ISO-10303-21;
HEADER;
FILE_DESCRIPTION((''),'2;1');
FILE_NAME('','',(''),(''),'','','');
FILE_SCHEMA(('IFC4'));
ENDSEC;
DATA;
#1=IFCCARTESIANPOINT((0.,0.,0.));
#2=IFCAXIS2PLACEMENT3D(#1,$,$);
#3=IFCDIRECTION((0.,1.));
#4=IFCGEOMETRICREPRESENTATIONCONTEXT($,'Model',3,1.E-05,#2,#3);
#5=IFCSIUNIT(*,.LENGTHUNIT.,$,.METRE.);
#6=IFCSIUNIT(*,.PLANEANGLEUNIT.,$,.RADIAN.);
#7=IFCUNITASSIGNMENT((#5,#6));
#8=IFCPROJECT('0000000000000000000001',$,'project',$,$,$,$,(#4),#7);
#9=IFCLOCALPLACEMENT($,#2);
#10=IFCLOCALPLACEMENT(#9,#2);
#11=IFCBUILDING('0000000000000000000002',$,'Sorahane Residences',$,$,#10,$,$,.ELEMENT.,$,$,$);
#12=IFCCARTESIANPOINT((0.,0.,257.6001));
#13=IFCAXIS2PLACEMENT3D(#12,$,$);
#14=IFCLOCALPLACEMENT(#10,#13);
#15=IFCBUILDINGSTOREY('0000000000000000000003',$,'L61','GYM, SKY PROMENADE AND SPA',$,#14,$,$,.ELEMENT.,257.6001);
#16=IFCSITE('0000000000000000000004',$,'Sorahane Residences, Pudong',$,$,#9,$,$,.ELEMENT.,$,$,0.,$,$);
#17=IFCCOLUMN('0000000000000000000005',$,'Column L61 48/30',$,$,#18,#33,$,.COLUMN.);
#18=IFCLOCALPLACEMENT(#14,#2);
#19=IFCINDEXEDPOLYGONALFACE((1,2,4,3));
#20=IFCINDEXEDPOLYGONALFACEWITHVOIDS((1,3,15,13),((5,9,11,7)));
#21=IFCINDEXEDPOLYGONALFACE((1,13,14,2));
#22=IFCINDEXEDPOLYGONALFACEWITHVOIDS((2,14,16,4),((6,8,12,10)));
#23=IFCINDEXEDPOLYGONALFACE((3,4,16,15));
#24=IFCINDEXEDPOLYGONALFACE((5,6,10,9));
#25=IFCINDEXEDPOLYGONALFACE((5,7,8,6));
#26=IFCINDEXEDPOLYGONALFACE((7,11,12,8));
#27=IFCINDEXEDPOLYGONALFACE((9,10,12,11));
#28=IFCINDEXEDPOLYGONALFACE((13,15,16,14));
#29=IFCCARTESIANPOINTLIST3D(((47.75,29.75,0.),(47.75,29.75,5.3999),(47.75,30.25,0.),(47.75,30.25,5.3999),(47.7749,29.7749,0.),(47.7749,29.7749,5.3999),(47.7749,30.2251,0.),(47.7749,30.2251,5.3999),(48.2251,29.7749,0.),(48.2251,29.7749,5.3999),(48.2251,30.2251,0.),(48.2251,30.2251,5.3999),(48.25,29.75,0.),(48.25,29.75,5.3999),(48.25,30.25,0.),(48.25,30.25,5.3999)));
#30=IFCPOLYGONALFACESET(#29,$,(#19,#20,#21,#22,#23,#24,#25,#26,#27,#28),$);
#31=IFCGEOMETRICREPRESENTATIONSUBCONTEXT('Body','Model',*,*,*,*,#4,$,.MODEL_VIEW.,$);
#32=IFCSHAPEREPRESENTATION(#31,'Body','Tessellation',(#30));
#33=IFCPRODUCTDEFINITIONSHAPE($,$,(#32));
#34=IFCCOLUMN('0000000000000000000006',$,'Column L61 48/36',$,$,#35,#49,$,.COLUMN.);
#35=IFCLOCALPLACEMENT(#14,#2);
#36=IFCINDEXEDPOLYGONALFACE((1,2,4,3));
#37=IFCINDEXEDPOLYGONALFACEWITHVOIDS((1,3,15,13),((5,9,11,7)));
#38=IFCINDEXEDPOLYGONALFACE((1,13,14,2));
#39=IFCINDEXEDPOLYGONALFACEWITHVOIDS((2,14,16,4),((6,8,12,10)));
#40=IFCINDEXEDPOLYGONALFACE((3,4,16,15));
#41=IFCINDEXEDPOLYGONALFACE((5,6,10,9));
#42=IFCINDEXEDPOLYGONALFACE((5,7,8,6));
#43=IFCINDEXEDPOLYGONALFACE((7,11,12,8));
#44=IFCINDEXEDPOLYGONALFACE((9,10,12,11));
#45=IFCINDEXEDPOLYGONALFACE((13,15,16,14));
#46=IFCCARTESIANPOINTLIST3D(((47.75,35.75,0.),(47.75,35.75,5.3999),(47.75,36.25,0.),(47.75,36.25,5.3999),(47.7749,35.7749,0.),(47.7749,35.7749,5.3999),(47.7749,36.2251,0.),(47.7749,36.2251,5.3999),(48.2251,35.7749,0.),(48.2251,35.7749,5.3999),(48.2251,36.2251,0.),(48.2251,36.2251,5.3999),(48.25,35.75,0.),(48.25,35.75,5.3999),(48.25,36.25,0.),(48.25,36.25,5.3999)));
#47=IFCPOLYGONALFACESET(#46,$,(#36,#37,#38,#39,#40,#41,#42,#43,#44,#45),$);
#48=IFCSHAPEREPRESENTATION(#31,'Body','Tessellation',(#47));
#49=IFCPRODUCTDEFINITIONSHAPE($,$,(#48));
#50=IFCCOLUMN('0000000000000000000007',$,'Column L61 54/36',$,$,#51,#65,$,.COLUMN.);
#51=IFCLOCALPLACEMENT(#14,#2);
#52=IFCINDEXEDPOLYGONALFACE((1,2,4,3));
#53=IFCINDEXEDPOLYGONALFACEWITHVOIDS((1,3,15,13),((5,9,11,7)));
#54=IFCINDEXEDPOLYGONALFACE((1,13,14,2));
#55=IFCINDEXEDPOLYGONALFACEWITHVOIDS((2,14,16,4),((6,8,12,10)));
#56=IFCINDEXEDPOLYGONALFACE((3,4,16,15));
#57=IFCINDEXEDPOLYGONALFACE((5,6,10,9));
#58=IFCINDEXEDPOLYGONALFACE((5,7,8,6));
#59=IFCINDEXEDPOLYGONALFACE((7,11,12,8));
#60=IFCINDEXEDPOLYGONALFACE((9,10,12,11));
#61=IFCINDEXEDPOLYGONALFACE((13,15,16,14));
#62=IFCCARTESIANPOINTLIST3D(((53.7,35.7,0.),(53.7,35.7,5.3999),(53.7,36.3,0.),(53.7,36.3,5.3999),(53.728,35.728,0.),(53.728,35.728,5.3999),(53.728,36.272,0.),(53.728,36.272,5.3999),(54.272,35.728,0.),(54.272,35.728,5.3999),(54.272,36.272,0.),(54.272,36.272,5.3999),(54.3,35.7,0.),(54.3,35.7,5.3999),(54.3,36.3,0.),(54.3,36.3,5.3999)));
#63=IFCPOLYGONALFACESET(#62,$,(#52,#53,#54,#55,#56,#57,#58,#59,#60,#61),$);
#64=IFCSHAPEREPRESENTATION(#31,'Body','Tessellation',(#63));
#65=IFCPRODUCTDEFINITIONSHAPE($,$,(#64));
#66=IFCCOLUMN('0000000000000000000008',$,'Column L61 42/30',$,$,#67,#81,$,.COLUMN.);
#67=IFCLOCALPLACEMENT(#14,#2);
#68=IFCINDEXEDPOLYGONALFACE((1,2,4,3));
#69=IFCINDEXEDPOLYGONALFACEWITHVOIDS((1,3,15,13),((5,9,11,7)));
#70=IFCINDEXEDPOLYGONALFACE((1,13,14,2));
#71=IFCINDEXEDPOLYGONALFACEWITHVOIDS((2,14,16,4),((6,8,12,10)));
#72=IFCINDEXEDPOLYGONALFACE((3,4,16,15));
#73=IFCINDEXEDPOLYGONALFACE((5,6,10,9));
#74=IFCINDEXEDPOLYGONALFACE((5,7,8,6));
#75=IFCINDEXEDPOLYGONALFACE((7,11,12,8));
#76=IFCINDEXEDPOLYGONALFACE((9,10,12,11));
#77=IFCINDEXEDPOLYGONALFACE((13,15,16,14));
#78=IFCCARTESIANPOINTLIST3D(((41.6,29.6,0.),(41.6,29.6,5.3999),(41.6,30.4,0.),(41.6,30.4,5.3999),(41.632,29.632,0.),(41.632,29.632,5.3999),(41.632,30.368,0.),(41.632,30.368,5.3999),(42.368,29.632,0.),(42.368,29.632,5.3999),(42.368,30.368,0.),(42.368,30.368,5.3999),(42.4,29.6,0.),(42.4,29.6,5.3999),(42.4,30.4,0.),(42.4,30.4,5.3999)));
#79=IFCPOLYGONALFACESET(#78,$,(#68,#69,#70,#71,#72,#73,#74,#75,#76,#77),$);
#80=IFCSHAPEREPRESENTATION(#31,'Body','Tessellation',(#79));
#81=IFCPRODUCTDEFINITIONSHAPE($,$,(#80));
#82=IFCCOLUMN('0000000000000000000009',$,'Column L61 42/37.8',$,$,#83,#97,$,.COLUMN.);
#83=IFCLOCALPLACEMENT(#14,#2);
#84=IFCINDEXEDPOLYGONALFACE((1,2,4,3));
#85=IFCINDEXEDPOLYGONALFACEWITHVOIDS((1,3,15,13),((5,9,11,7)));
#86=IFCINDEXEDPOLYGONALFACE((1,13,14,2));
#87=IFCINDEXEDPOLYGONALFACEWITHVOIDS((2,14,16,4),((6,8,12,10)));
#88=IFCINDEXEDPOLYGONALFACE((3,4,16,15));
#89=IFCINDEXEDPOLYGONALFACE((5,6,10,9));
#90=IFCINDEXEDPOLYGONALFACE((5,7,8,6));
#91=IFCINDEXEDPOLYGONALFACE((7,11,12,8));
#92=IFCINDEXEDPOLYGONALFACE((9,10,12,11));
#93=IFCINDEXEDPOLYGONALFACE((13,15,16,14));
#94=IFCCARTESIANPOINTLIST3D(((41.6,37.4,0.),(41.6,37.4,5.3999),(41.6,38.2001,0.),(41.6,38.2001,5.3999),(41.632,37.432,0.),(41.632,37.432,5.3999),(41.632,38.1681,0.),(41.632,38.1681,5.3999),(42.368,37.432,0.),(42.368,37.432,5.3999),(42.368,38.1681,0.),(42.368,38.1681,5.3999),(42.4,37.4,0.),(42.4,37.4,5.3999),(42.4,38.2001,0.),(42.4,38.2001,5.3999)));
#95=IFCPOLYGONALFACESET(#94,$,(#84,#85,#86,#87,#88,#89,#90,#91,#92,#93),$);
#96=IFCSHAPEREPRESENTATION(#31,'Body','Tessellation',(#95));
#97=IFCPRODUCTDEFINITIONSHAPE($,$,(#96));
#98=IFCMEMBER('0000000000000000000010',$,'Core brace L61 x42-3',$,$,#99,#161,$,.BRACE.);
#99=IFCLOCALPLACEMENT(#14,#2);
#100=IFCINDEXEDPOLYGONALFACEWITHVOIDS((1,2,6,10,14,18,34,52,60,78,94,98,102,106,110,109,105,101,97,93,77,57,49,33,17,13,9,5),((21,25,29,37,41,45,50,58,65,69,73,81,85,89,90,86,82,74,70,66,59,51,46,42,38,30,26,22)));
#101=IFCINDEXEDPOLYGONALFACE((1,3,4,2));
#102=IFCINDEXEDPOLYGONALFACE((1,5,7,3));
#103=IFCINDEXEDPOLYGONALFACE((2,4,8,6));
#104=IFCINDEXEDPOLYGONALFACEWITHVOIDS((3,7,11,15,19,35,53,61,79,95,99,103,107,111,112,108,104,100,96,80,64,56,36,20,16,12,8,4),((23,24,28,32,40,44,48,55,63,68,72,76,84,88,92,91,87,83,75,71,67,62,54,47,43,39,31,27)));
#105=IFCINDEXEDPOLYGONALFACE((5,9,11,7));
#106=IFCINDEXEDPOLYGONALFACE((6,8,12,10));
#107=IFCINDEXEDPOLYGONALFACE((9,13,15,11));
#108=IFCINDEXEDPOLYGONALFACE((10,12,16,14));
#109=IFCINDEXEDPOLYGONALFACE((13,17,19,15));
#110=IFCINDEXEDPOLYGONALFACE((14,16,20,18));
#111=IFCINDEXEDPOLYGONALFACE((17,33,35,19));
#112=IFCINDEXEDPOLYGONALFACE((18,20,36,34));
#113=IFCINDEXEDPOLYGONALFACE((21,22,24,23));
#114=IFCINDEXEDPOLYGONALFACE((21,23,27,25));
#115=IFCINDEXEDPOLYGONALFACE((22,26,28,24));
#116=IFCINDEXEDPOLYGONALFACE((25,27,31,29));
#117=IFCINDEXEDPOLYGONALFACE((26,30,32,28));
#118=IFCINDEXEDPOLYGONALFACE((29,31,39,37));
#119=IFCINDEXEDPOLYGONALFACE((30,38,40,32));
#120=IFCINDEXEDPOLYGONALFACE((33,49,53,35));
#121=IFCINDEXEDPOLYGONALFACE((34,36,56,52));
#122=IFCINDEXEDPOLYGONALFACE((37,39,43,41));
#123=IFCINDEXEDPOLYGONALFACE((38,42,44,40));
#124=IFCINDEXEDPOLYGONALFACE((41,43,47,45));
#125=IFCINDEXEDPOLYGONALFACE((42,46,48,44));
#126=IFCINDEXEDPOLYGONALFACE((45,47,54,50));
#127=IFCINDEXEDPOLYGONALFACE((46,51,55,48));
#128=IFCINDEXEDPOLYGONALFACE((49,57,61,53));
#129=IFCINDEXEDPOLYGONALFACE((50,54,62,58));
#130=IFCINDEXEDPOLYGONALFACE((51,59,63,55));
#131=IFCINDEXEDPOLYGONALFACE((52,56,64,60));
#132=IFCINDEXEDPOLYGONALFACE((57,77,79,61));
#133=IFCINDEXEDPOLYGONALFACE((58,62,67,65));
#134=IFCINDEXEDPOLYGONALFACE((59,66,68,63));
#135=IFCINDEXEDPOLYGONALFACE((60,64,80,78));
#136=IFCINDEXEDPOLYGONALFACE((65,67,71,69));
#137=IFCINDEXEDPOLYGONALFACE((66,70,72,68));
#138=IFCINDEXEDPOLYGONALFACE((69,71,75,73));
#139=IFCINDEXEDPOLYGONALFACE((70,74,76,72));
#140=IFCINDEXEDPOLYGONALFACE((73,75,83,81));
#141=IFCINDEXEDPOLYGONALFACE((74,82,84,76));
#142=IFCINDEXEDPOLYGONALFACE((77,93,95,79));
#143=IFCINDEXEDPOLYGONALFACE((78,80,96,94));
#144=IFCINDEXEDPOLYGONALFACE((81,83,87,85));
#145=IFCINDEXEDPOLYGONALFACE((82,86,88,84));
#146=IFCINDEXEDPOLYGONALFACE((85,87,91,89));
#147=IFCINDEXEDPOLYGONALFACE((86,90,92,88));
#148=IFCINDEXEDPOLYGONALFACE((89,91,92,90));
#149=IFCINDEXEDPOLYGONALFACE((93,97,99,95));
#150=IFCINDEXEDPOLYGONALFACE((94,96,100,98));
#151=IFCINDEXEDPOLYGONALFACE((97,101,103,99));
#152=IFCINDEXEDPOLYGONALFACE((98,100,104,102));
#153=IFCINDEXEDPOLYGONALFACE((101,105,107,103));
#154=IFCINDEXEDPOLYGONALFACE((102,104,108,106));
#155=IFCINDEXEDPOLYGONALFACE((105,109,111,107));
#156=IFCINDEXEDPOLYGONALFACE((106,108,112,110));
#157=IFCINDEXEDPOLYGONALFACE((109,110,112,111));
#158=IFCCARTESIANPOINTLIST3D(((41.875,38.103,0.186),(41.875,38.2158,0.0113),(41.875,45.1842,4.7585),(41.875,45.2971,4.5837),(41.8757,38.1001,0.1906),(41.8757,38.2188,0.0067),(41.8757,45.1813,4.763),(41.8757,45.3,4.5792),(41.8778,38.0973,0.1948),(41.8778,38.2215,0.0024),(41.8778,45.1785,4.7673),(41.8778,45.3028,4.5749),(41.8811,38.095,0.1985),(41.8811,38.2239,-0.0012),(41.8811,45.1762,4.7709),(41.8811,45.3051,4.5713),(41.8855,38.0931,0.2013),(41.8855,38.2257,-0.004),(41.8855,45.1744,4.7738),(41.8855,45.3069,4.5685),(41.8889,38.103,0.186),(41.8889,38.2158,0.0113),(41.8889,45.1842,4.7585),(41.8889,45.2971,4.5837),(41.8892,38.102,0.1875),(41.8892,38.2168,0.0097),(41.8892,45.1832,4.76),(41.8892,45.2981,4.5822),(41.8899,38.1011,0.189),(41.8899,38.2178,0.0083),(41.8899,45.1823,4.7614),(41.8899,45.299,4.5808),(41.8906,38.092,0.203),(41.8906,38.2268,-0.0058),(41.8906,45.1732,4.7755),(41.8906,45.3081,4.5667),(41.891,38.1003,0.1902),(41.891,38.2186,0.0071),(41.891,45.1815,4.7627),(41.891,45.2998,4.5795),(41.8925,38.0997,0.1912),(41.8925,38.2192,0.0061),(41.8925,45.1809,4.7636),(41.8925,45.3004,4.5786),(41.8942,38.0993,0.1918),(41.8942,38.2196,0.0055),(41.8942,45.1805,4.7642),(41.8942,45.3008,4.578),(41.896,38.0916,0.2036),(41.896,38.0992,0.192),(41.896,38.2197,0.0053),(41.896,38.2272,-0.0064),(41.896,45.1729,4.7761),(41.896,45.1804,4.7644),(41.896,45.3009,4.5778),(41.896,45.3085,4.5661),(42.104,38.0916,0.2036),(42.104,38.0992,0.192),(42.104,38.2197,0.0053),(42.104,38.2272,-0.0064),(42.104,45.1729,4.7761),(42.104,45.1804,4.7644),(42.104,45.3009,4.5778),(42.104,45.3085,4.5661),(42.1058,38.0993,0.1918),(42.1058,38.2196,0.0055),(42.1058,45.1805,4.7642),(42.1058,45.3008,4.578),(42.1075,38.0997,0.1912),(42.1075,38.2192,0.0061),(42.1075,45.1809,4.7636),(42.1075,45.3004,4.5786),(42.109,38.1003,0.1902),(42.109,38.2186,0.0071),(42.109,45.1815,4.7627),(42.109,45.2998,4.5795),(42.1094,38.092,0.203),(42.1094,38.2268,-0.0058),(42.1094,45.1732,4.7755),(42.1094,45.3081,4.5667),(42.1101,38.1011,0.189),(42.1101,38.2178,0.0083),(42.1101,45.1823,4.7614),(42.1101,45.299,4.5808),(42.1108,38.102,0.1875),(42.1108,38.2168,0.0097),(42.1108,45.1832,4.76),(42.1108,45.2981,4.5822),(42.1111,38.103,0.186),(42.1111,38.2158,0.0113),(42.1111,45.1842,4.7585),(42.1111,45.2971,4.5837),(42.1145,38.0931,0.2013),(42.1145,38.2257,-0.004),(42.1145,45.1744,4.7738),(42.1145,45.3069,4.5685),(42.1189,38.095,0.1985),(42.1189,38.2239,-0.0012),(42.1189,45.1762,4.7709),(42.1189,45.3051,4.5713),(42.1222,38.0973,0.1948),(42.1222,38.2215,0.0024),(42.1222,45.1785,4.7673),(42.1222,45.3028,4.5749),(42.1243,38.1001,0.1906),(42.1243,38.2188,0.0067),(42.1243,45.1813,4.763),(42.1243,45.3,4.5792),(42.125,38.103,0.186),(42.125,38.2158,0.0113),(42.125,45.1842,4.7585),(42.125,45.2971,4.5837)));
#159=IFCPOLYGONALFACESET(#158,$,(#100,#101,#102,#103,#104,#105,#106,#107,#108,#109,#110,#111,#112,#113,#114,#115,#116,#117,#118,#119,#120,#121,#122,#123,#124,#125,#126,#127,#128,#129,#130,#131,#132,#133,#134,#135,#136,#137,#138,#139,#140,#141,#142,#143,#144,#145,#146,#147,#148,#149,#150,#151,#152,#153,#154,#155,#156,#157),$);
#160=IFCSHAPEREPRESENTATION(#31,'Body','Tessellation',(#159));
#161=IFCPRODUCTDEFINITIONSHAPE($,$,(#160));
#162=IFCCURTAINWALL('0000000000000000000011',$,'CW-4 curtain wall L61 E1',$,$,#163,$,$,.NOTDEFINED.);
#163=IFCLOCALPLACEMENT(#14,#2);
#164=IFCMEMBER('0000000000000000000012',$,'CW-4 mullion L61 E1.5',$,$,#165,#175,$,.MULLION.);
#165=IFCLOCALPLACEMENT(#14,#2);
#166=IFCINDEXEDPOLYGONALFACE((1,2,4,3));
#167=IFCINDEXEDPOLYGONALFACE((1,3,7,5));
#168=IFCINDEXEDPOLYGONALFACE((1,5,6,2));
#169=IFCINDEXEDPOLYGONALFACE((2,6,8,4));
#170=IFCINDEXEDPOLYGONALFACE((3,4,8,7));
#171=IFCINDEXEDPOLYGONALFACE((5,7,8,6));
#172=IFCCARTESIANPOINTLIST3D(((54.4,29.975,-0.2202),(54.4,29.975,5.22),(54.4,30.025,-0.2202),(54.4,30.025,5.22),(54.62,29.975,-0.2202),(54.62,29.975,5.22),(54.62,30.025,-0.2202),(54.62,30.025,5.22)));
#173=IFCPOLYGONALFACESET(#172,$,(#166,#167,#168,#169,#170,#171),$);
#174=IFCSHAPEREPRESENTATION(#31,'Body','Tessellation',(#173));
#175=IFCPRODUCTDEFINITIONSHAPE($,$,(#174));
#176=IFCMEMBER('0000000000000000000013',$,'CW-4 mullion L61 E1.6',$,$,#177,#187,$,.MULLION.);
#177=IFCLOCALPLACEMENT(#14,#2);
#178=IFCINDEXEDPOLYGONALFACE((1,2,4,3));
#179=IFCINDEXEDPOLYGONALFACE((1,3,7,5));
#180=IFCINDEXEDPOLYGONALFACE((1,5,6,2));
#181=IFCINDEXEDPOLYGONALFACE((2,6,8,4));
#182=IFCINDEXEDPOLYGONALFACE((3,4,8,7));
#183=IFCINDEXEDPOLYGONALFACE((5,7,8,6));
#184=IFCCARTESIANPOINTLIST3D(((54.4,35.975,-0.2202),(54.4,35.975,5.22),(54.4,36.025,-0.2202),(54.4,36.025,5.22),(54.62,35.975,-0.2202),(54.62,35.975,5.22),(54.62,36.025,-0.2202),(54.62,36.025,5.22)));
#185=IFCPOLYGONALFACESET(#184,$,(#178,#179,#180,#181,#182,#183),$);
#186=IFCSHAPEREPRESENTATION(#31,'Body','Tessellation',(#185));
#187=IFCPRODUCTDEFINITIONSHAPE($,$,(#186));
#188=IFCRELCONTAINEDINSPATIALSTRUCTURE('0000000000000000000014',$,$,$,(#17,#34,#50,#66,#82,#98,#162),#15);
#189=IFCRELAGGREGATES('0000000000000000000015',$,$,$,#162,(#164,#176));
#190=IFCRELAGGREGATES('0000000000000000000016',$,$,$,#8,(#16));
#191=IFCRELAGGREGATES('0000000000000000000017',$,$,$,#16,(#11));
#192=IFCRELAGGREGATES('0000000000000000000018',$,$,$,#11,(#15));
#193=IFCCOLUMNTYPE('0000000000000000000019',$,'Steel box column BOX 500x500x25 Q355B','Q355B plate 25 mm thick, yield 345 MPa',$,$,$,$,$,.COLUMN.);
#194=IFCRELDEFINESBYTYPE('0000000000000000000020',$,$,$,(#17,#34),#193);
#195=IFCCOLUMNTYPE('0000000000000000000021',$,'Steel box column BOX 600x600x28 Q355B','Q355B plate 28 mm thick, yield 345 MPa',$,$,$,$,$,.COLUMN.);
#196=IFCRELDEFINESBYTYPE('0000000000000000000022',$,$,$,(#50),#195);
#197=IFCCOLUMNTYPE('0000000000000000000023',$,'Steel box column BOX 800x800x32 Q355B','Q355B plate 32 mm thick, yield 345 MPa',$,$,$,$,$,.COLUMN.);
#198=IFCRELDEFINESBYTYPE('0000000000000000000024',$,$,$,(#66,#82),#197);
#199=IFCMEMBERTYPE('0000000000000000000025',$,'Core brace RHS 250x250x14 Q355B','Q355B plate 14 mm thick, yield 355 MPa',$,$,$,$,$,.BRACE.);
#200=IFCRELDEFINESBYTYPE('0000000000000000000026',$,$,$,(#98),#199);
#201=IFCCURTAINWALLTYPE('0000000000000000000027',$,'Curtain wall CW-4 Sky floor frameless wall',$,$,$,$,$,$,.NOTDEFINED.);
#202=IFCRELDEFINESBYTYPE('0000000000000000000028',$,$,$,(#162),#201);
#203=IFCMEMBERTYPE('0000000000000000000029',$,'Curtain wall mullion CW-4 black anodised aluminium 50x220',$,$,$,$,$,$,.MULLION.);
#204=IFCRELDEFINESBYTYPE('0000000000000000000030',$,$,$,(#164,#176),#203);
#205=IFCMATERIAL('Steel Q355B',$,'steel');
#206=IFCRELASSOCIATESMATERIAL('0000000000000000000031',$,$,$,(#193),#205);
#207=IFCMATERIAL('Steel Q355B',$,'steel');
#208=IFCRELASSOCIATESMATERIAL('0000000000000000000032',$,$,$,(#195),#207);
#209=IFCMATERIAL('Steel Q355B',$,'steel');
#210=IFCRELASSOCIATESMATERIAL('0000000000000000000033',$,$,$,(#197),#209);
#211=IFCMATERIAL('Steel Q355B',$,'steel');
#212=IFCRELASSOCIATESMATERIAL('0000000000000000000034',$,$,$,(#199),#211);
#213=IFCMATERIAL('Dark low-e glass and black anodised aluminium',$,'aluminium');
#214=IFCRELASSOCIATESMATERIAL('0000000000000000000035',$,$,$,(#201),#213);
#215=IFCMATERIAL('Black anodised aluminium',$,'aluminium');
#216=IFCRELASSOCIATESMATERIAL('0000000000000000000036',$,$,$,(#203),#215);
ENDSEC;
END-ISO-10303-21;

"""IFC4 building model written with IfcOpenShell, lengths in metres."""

from ifc_helpers import new_model, si_unit, direction, frame, origin, origin_2d, place, context, subcontext, project, spatial, rectangle, hollow_rectangle, extrude, material, material_profile, profile_set, type_object, element, aggregate, save


model = new_model("IFC4")

# Units and contexts
model_context = context("Model", 3, precision=1e-05, world=origin(), true_north=direction((0.0, 1.0)))
body_context = subcontext(model_context, "Body", "Model", "MODEL_VIEW")
ifc_project = project(units=[si_unit("LENGTHUNIT", "METRE"), si_unit("PLANEANGLEUNIT", "RADIAN")], contexts=[model_context])

# Site, building, storey
site_placement = place(None, origin())
site = spatial("IfcSite", under=ifc_project, at=site_placement, Name="Sorahane Residences, Pudong", CompositionType="ELEMENT", RefElevation=0.0)
building_placement = place(site_placement, origin())
building = spatial("IfcBuilding", under=site, at=building_placement, Name="Sorahane Residences", CompositionType="ELEMENT")
storey_placement = place(building_placement, frame((0.0, 0.0, 257.6001)))
storey = spatial("IfcBuildingStorey", under=building, at=storey_placement, Name="L61", Description="GYM, SKY PROMENADE AND SPA", CompositionType="ELEMENT", Elevation=257.6001)

# Columns
ifc_material_1 = material(Name="Steel Q355B", Category="steel")
ifc_material_profile_1 = material_profile(ifc_material_1, hollow_rectangle(XDim=0.5, YDim=0.5, WallThickness=0.0249, at=origin_2d()), Name="BOX 500x500x25")
ifc_profile_set_1 = profile_set([ifc_material_profile_1], Name="Steel Q355B")
column_type_1 = type_object("IfcColumnType", Name="Steel box column BOX 500x500x25 Q355B", Description="Q355B plate 25 mm thick, yield 345 MPa", PredefinedType="COLUMN", material=ifc_profile_set_1)
for number, where, z_axis, x_axis, name in (
    (1, (48.0, 30.0, 0.0), (0.0, 0.0, 1.0), (1.0, 0.0, 0.0), "Column L61 48/30"),
    (2, (48.0, 36.0, 0.0), (0.0, 0.0, 1.0), (1.0, 0.0, 0.0), "Column L61 48/36"),
):
    element("IfcColumn", number, at=place(storey_placement, frame(where, z_axis=z_axis, x_axis=x_axis)), inside=storey, type_object=column_type_1, Name=name, PredefinedType="COLUMN", context=body_context, shape_type="SweptSolid", body=[
        extrude(hollow_rectangle(XDim=0.5, YDim=0.5, WallThickness=0.0249, at=origin_2d()), origin(), (0.0, 0.0, 1.0), 5.3999),
    ])
ifc_material_2 = material(Name="Steel Q355B", Category="steel")
ifc_material_profile_2 = material_profile(ifc_material_2, hollow_rectangle(XDim=0.6001, YDim=0.6001, WallThickness=0.0281, at=origin_2d()), Name="BOX 600x600x28")
ifc_profile_set_2 = profile_set([ifc_material_profile_2], Name="Steel Q355B")
column_type_2 = type_object("IfcColumnType", Name="Steel box column BOX 600x600x28 Q355B", Description="Q355B plate 28 mm thick, yield 345 MPa", PredefinedType="COLUMN", material=ifc_profile_set_2)
column_placement = place(storey_placement, frame((54.0, 36.0, 0.0), z_axis=(0.0, 0.0, 1.0), x_axis=(1.0, 0.0, 0.0)))
element("IfcColumn", 3, at=column_placement, inside=storey, type_object=column_type_2, Name="Column L61 54/36", PredefinedType="COLUMN", context=body_context, shape_type="SweptSolid", body=[
    extrude(hollow_rectangle(XDim=0.6001, YDim=0.6001, WallThickness=0.0281, at=origin_2d()), origin(), (0.0, 0.0, 1.0), 5.3999),
])
ifc_material_3 = material(Name="Steel Q355B", Category="steel")
ifc_material_profile_3 = material_profile(ifc_material_3, hollow_rectangle(XDim=0.8, YDim=0.8, WallThickness=0.032, at=origin_2d()), Name="BOX 800x800x32")
ifc_profile_set_3 = profile_set([ifc_material_profile_3], Name="Steel Q355B")
column_type_3 = type_object("IfcColumnType", Name="Steel box column BOX 800x800x32 Q355B", Description="Q355B plate 32 mm thick, yield 345 MPa", PredefinedType="COLUMN", material=ifc_profile_set_3)
for number, where, z_axis, x_axis, name in (
    (4, (42.0, 30.0, 0.0), (0.0, 0.0, 1.0), (1.0, 0.0, 0.0), "Column L61 42/30"),
    (5, (42.0, 37.8, 0.0), (0.0, 0.0, 1.0), (1.0, 0.0, 0.0), "Column L61 42/37.8"),
):
    element("IfcColumn", number, at=place(storey_placement, frame(where, z_axis=z_axis, x_axis=x_axis)), inside=storey, type_object=column_type_3, Name=name, PredefinedType="COLUMN", context=body_context, shape_type="SweptSolid", body=[
        extrude(hollow_rectangle(XDim=0.8, YDim=0.8, WallThickness=0.032, at=origin_2d()), origin(), (0.0, 0.0, 1.0), 5.3999),
    ])

# Member
ifc_material_4 = material(Name="Steel Q355B", Category="steel")
ifc_material_profile_4 = material_profile(ifc_material_4, hollow_rectangle(XDim=0.25, YDim=0.25, WallThickness=0.0139, InnerFilletRadius=0.0071, OuterFilletRadius=0.021, at=origin_2d()), Name="RHS 250x250x14")
ifc_profile_set_4 = profile_set([ifc_material_profile_4], Name="Steel Q355B")
member_type_1 = type_object("IfcMemberType", Name="Core brace RHS 250x250x14 Q355B", Description="Q355B plate 14 mm thick, yield 355 MPa", PredefinedType="BRACE", material=ifc_profile_set_4)
member_1_placement = place(storey_placement, frame((42.0, 38.1594, 0.0986), z_axis=(0.0, 0.840084, 0.542456), x_axis=(-1.0, 0.0, 0.0)))
element("IfcMember", 6, at=member_1_placement, inside=storey, type_object=member_type_1, Name="Core brace L61 x42-3", PredefinedType="BRACE", context=body_context, shape_type="SweptSolid", body=[
    extrude(hollow_rectangle(XDim=0.25, YDim=0.25, WallThickness=0.0139, InnerFilletRadius=0.0071, OuterFilletRadius=0.021, at=origin_2d()), origin(), (0.0, 0.0, 1.0), 8.4292),
])

# Curtain wall, members
ifc_material_5 = material(Name="Dark low-e glass and black anodised aluminium", Category="aluminium")
curtain_wall_type = type_object("IfcCurtainWallType", Name="Curtain wall CW-4 Sky floor frameless wall", PredefinedType="NOTDEFINED", material=ifc_material_5)
curtain_wall_placement = place(storey_placement, origin())
curtain_wall = element("IfcCurtainWall", 7, at=curtain_wall_placement, inside=storey, type_object=curtain_wall_type, Name="CW-4 curtain wall L61 E1", PredefinedType="NOTDEFINED")
ifc_material_6 = material(Name="Black anodised aluminium", Category="aluminium")
ifc_material_profile_5 = material_profile(ifc_material_6, rectangle(XDim=0.22, YDim=0.05, at=origin_2d()), Name="Curtain wall mullion CW-4 black anodised aluminium 50x220")
ifc_profile_set_5 = profile_set([ifc_material_profile_5], Name="Black anodised aluminium")
member_type_2 = type_object("IfcMemberType", Name="Curtain wall mullion CW-4 black anodised aluminium 50x220", PredefinedType="MULLION", material=ifc_profile_set_5)
member_2_placement = place(storey_placement, frame((54.51, 30.0, -0.2202), z_axis=(0.0, 0.0, 1.0), x_axis=(1.0, 0.0, 0.0)))
member_2 = element("IfcMember", 8, at=member_2_placement, type_object=member_type_2, Name="CW-4 mullion L61 E1.5", PredefinedType="MULLION", context=body_context, shape_type="SweptSolid", body=[
    extrude(rectangle(XDim=0.22, YDim=0.05, at=origin_2d()), origin(), (0.0, 0.0, 1.0), 5.4402),
])
member_3_placement = place(storey_placement, frame((54.51, 36.0, -0.2202), z_axis=(0.0, 0.0, 1.0), x_axis=(1.0, 0.0, 0.0)))
member_3 = element("IfcMember", 9, at=member_3_placement, type_object=member_type_2, Name="CW-4 mullion L61 E1.6", PredefinedType="MULLION", context=body_context, shape_type="SweptSolid", body=[
    extrude(rectangle(XDim=0.22, YDim=0.05, at=origin_2d()), origin(), (0.0, 0.0, 1.0), 5.4402),
])

aggregate(curtain_wall, [member_2, member_3])

save(model, "model.ifc")
